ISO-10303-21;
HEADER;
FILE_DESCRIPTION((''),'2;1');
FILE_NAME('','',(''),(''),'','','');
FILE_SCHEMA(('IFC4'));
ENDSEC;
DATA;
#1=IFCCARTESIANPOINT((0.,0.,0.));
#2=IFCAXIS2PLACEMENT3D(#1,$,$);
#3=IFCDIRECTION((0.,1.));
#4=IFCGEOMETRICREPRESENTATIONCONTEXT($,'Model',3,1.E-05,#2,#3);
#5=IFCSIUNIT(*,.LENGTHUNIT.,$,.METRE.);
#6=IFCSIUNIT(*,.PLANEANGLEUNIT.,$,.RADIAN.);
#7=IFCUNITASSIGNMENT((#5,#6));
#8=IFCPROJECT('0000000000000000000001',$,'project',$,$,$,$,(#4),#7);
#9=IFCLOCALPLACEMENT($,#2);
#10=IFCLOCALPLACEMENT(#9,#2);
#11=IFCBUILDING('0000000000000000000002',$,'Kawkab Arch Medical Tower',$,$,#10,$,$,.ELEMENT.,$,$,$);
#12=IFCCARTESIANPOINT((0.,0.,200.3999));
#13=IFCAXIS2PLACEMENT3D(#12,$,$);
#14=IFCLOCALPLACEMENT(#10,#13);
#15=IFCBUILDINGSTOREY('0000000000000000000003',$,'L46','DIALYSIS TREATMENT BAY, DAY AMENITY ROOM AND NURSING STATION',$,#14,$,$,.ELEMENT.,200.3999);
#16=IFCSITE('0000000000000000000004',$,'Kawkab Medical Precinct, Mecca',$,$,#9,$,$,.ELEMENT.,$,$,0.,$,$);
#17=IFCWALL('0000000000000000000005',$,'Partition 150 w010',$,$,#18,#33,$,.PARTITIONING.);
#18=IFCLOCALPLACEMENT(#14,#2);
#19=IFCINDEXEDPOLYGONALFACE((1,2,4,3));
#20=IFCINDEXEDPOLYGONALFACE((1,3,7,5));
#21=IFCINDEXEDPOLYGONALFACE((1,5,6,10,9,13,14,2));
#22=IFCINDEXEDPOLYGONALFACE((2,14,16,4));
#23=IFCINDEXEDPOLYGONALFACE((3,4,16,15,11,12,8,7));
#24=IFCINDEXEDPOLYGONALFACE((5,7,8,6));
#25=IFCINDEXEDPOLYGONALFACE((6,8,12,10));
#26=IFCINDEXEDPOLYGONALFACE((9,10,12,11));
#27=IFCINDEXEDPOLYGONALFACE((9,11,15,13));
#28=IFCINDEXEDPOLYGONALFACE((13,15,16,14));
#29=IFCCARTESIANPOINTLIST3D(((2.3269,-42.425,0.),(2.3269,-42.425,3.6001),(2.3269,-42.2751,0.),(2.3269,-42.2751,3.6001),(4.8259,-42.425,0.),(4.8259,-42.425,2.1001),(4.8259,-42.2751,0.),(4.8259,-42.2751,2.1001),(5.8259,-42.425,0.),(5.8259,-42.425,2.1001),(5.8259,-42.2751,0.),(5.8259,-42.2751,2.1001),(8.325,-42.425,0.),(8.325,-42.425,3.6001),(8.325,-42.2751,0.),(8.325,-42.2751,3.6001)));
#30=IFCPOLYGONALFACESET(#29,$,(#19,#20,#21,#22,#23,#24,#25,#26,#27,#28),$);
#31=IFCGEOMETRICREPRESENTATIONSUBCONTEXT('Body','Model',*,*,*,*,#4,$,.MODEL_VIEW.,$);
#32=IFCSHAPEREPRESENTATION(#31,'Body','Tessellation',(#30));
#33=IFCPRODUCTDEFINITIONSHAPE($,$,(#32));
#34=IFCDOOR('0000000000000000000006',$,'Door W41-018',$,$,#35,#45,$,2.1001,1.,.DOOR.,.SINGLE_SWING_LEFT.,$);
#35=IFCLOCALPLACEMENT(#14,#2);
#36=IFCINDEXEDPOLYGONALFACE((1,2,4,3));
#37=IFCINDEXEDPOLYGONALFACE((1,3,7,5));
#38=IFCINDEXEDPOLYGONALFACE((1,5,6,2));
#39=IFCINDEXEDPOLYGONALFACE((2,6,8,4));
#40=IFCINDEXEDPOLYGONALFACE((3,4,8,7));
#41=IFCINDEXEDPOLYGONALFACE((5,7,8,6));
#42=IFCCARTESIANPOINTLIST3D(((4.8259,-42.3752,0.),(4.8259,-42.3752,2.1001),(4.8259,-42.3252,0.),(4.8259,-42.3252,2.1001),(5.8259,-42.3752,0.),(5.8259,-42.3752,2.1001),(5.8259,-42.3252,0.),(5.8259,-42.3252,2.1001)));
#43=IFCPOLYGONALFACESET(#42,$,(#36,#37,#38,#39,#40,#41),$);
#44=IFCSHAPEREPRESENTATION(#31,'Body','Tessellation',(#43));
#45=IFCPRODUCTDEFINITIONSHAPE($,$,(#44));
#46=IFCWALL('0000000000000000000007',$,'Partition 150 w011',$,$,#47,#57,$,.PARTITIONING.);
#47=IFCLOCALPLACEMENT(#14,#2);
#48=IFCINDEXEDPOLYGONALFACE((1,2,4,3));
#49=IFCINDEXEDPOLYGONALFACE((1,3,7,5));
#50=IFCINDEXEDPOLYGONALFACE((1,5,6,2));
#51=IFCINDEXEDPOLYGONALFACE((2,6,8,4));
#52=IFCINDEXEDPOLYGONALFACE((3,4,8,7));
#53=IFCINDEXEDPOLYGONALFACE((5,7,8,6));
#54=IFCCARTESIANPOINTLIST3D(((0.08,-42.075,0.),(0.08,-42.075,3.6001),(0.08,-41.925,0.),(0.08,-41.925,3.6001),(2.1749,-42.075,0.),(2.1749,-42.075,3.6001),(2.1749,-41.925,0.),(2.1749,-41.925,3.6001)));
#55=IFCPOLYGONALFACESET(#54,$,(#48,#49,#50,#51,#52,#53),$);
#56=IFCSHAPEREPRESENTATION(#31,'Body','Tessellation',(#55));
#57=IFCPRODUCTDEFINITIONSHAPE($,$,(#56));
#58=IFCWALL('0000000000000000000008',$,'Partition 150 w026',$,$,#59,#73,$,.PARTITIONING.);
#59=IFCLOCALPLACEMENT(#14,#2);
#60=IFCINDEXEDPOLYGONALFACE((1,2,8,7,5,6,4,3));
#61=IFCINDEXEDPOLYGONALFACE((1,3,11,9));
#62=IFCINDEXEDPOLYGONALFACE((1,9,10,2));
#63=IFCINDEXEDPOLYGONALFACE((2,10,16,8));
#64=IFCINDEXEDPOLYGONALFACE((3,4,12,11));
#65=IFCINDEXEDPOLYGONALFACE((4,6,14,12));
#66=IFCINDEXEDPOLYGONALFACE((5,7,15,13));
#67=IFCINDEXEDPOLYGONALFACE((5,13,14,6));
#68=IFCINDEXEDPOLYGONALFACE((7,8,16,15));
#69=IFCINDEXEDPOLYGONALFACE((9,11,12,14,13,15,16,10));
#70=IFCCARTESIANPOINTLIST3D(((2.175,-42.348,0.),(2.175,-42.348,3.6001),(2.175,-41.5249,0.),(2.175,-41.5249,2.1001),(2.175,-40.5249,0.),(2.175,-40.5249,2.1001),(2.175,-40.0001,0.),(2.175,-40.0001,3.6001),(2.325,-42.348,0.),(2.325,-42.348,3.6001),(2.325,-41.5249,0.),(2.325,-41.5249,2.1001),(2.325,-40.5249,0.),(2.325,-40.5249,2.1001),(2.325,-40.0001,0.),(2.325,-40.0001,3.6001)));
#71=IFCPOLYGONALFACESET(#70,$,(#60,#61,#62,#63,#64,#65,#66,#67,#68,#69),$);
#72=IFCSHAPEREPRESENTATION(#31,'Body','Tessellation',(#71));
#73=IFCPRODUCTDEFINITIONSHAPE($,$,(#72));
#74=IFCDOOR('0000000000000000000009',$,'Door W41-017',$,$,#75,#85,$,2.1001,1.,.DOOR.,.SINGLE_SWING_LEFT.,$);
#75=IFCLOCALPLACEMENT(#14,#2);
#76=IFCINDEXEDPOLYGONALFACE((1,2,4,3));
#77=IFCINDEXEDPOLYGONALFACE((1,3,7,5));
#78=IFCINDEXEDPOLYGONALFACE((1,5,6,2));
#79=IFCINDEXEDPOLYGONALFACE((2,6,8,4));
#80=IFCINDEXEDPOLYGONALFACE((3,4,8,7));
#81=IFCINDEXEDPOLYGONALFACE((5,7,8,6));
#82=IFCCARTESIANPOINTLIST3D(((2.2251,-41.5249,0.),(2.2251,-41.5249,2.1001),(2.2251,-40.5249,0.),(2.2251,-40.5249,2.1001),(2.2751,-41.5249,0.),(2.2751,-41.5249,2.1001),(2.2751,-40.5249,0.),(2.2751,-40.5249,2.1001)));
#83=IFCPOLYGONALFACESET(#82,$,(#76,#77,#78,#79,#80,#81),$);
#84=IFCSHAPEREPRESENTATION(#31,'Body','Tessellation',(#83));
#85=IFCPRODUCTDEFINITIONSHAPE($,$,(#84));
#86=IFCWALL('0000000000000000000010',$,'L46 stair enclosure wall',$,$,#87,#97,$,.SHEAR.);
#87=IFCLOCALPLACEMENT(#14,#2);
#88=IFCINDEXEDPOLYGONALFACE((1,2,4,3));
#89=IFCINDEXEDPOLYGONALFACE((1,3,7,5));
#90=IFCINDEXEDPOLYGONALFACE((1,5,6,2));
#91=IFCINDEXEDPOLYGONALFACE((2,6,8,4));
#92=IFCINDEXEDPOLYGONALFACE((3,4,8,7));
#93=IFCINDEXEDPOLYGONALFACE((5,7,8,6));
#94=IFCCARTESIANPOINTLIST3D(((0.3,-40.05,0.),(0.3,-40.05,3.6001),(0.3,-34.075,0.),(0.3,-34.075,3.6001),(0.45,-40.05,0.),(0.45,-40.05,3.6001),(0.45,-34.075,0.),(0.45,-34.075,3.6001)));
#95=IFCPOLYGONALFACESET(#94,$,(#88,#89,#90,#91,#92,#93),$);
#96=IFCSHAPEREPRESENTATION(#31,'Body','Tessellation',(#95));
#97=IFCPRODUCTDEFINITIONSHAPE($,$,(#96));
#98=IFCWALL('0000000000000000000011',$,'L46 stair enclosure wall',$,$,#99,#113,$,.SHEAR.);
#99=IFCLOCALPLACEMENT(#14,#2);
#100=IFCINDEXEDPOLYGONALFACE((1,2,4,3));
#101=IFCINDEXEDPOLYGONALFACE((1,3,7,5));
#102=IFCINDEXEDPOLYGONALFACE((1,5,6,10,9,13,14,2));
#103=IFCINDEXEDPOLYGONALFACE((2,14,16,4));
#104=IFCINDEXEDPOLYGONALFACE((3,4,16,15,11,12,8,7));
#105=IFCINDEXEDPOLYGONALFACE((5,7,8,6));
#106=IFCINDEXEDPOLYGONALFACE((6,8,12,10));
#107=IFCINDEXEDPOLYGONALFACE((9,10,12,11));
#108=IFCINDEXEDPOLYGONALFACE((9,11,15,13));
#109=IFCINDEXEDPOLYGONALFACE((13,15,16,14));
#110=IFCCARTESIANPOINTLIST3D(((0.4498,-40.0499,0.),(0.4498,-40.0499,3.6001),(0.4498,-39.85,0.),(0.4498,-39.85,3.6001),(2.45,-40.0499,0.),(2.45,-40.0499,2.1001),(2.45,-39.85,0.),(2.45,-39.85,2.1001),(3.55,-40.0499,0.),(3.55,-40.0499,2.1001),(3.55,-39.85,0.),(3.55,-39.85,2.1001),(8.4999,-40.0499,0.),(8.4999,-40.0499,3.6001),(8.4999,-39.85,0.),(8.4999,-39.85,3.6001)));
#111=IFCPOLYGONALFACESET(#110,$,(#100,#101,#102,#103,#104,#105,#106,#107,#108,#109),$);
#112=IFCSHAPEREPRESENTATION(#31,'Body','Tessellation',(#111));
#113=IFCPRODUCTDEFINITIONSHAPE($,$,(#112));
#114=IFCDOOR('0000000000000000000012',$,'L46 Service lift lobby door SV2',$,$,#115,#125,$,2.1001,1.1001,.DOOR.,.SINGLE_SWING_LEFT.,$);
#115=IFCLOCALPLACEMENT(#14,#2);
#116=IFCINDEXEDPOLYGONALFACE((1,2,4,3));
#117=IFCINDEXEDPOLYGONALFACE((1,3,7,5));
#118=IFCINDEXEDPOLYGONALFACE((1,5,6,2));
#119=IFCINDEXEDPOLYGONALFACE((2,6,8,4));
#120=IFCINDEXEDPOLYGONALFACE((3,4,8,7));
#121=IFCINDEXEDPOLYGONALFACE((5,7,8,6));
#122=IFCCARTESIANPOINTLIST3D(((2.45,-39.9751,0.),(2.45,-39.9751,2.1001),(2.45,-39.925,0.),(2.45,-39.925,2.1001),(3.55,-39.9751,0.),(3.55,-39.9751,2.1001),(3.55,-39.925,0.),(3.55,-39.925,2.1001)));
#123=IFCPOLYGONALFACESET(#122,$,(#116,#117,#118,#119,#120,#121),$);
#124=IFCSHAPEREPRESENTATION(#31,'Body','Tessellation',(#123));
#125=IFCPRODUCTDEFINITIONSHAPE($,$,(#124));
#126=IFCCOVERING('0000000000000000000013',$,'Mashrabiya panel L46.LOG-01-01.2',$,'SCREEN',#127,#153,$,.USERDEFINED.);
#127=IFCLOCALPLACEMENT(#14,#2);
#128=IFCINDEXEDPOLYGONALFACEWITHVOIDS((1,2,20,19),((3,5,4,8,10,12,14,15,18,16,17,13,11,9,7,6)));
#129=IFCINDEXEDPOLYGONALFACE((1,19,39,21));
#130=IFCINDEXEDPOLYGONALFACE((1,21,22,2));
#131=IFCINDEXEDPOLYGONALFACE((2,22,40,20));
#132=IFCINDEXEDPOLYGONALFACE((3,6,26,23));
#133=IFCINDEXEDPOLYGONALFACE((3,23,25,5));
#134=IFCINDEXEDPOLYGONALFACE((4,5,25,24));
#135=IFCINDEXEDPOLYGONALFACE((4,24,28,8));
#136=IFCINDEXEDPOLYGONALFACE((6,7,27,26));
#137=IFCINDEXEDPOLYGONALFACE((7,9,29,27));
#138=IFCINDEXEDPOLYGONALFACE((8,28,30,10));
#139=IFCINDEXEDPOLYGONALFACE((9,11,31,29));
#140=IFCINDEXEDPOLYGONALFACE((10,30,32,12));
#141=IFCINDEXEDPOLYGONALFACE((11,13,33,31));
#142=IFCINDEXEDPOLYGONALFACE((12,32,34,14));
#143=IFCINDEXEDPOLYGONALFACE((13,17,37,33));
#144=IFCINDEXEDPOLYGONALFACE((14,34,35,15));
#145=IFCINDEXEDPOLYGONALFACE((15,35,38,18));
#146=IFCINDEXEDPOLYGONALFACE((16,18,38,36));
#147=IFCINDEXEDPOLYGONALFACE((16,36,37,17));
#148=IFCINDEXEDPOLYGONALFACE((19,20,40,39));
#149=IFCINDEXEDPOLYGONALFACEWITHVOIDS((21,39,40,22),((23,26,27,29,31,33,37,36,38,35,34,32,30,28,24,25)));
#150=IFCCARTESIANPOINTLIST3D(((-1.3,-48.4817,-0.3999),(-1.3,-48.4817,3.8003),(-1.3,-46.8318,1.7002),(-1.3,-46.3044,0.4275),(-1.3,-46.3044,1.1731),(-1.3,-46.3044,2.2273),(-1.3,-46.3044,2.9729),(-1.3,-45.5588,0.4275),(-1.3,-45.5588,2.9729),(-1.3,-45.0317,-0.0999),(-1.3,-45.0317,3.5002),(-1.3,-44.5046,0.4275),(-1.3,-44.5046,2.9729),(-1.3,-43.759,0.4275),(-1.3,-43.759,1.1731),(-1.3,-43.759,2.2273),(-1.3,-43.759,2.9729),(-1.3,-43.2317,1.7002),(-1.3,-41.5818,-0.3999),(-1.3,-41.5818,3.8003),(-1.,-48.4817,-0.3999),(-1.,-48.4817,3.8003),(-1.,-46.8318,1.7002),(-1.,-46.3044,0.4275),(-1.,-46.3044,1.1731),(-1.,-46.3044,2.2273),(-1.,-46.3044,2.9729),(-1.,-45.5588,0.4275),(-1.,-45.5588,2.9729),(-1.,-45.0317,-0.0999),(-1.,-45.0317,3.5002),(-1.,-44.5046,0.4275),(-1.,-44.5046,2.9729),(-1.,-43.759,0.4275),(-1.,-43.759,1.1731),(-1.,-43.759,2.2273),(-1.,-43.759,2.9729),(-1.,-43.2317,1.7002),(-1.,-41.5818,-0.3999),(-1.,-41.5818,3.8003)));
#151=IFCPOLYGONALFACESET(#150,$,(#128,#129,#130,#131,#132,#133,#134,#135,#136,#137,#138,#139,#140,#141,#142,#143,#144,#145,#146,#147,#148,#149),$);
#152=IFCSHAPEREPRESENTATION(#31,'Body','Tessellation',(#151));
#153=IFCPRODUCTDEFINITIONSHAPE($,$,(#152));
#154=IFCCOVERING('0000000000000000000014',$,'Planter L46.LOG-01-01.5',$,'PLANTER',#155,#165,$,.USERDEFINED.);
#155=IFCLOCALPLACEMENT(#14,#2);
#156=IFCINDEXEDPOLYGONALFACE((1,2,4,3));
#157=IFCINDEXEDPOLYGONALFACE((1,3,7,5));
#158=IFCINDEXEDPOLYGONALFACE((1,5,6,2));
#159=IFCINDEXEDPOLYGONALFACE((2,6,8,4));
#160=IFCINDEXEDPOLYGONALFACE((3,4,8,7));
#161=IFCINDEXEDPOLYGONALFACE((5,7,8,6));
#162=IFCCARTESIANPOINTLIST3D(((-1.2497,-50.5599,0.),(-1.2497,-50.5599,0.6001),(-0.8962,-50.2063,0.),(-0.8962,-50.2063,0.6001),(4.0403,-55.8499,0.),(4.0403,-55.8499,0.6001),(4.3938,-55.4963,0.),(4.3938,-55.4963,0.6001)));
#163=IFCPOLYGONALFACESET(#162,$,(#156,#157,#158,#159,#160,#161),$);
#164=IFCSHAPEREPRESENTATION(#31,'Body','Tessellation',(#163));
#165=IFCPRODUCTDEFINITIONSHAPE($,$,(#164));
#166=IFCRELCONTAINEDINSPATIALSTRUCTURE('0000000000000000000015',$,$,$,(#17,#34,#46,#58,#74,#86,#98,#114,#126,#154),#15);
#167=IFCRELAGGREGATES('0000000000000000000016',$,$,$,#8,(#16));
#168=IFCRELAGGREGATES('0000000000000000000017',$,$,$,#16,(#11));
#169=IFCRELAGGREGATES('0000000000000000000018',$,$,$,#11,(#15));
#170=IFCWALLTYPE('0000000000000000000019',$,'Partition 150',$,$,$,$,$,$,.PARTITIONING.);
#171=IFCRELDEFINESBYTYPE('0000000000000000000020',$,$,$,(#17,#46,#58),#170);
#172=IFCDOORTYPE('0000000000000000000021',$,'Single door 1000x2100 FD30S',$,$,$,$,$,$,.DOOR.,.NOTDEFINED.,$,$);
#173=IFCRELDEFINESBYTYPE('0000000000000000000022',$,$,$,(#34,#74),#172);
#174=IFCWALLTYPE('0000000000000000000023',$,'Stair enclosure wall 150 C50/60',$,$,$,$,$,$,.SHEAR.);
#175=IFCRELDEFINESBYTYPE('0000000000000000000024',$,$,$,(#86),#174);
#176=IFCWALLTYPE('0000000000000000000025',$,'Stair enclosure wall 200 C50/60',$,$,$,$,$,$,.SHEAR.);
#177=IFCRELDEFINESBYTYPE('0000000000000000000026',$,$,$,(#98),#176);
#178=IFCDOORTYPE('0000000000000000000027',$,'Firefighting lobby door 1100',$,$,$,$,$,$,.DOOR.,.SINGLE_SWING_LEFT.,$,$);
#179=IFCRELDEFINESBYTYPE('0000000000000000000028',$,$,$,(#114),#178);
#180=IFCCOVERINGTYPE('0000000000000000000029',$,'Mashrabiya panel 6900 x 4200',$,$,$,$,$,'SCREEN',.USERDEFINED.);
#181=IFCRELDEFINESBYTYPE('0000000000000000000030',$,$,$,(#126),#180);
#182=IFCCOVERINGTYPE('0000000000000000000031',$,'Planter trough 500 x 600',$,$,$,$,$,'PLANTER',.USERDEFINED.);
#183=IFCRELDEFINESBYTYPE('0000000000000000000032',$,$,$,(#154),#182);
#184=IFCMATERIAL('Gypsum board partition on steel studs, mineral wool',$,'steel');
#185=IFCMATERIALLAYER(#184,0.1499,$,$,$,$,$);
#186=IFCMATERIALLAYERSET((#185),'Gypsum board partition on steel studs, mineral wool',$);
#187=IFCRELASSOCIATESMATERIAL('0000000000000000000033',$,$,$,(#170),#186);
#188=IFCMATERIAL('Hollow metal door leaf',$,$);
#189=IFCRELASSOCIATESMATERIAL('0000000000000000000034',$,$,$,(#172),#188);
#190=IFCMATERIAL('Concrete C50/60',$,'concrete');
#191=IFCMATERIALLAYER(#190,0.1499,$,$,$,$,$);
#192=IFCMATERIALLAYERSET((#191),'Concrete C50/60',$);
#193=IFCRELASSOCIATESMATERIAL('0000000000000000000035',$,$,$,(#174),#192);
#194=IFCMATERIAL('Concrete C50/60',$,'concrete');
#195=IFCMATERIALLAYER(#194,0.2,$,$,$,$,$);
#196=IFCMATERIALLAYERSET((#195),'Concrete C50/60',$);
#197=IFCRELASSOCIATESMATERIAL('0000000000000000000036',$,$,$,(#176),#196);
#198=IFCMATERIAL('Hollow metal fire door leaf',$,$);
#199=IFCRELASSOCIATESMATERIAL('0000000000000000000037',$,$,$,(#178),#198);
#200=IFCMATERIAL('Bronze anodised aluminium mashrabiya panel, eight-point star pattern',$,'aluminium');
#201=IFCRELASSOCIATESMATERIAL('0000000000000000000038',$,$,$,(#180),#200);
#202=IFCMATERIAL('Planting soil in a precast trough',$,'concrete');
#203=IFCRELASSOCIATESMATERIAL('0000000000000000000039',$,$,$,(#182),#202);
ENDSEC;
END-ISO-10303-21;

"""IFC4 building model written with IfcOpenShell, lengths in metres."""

from ifc_helpers import new_model, si_unit, direction, frame, frame_2d, origin, origin_2d, place, context, subcontext, project, spatial, polyline, rectangle, outline, extrude, material, layer, layer_set, material_profile, profile_set, type_object, element, fill, save


model = new_model("IFC4")

# Units and contexts
model_context = context("Model", 3, precision=1e-05, world=origin(), true_north=direction((0.0, 1.0)))
body_context = subcontext(model_context, "Body", "Model", "MODEL_VIEW")
ifc_project = project(units=[si_unit("LENGTHUNIT", "METRE"), si_unit("PLANEANGLEUNIT", "RADIAN")], contexts=[model_context])

# Site, building, storey
site_placement = place(None, origin())
site = spatial("IfcSite", under=ifc_project, at=site_placement, Name="Kawkab Medical Precinct, Mecca", CompositionType="ELEMENT", RefElevation=0.0)
building_placement = place(site_placement, origin())
building = spatial("IfcBuilding", under=site, at=building_placement, Name="Kawkab Arch Medical Tower", CompositionType="ELEMENT")
storey_placement = place(building_placement, frame((0.0, 0.0, 200.3999)))
storey = spatial("IfcBuildingStorey", under=building, at=storey_placement, Name="L46", Description="DIALYSIS TREATMENT BAY, DAY AMENITY ROOM AND NURSING STATION", CompositionType="ELEMENT", Elevation=200.3999)

# Shared definitions
ifc_material_1 = material(Name="Gypsum board partition on steel studs, mineral wool", Category="steel")
ifc_layer_1 = layer(ifc_material_1, 0.1499)
ifc_layer_set_1 = layer_set([ifc_layer_1], Name="Gypsum board partition on steel studs, mineral wool")
wall_type_1 = type_object("IfcWallType", Name="Partition 150", PredefinedType="PARTITIONING", material=ifc_layer_set_1)

# Wall, opening, door
wall_1_placement = place(storey_placement, frame((2.3269, -42.3501, 0.0), z_axis=(0.0, 0.0, 1.0), x_axis=(1.0, 0.0, 0.0)))
wall_1 = element("IfcWall", 1, at=wall_1_placement, inside=storey, type_object=wall_type_1, Name="Partition 150 w010", PredefinedType="PARTITIONING", context=body_context, shape_type="SweptSolid", body=[
    extrude(rectangle(XDim=5.998, YDim=0.1499, at=frame_2d((2.999, 0.0))), origin(), (0.0, 0.0, 1.0), 3.6001),
])
opening_1_placement = place(wall_1_placement, frame((2.499, 0.0, 0.0)))
opening_1 = element("IfcOpeningElement", 2, at=opening_1_placement, cuts=wall_1, PredefinedType="OPENING", context=body_context, shape_type="SweptSolid", body=[
    extrude(rectangle(XDim=1.0, YDim=2.1001, at=frame_2d((0.5, 1.05))), frame((0.0, 0.085, 0.0), z_axis=(0.0, -1.0, 0.0), x_axis=(1.0, 0.0, 0.0)), (0.0, 0.0, 1.0), 0.1699),
])
ifc_material_2 = material(Name="Hollow metal door leaf")
door_type_1 = type_object("IfcDoorType", Name="Single door 1000x2100 FD30S", OperationType="NOTDEFINED", PredefinedType="DOOR", material=ifc_material_2)
door_1_placement = place(opening_1_placement, origin())
door_1 = element("IfcDoor", 3, at=door_1_placement, inside=storey, type_object=door_type_1, Name="Door W41-018", OperationType="SINGLE_SWING_LEFT", OverallHeight=2.1001, OverallWidth=1.0, PredefinedType="DOOR", context=body_context, shape_type="SweptSolid", body=[
    extrude(rectangle(XDim=1.0, YDim=2.1001, at=frame_2d((0.5, 1.05))), frame((0.0, 0.0249, 0.0), z_axis=(0.0, -1.0, 0.0), x_axis=(1.0, 0.0, 0.0)), (0.0, 0.0, 1.0), 0.05),
])
fill(opening_1, door_1)

# Wall
wall_2_placement = place(storey_placement, frame((0.0801, -42.0, 0.0), z_axis=(0.0, 0.0, 1.0), x_axis=(1.0, 0.0, 0.0)))
element("IfcWall", 4, at=wall_2_placement, inside=storey, type_object=wall_type_1, Name="Partition 150 w011", PredefinedType="PARTITIONING", context=body_context, shape_type="SweptSolid", body=[
    extrude(rectangle(XDim=2.095, YDim=0.1499, at=frame_2d((1.0474, 0.0))), origin(), (0.0, 0.0, 1.0), 3.6001),
])

# Wall, opening, door
wall_3_placement = place(storey_placement, frame((2.25, -42.3479, 0.0), z_axis=(0.0, 0.0, 1.0), x_axis=(0.0, 1.0, 0.0)))
wall_3 = element("IfcWall", 5, at=wall_3_placement, inside=storey, type_object=wall_type_1, Name="Partition 150 w026", PredefinedType="PARTITIONING", context=body_context, shape_type="SweptSolid", body=[
    extrude(rectangle(XDim=2.3479, YDim=0.1499, at=frame_2d((1.1738, 0.0))), origin(), (0.0, 0.0, 1.0), 3.6001),
])
opening_2_placement = place(wall_3_placement, frame((0.823, 0.0, 0.0)))
opening_2 = element("IfcOpeningElement", 6, at=opening_2_placement, cuts=wall_3, PredefinedType="OPENING", context=body_context, shape_type="SweptSolid", body=[
    extrude(rectangle(XDim=1.0, YDim=2.1001, at=frame_2d((0.5, 1.05))), frame((0.0, 0.085, 0.0), z_axis=(0.0, -1.0, 0.0), x_axis=(1.0, 0.0, 0.0)), (0.0, 0.0, 1.0), 0.1699),
])
door_2_placement = place(opening_2_placement, origin())
door_2 = element("IfcDoor", 7, at=door_2_placement, inside=storey, type_object=door_type_1, Name="Door W41-017", OperationType="SINGLE_SWING_LEFT", OverallHeight=2.1001, OverallWidth=1.0, PredefinedType="DOOR", context=body_context, shape_type="SweptSolid", body=[
    extrude(rectangle(XDim=1.0, YDim=2.1001, at=frame_2d((0.5, 1.05))), frame((0.0, 0.0249, 0.0), z_axis=(0.0, -1.0, 0.0), x_axis=(1.0, 0.0, 0.0)), (0.0, 0.0, 1.0), 0.05),
])
fill(opening_2, door_2)

# Wall
ifc_material_3 = material(Name="Concrete C50/60", Category="concrete")
ifc_layer_2 = layer(ifc_material_3, 0.1499)
ifc_layer_set_2 = layer_set([ifc_layer_2], Name="Concrete C50/60")
wall_type_2 = type_object("IfcWallType", Name="Stair enclosure wall 150 C50/60", PredefinedType="SHEAR", material=ifc_layer_set_2)
wall_4_placement = place(storey_placement, frame((0.375, -40.05, 0.0), z_axis=(0.0, 0.0, 1.0), x_axis=(0.0, 1.0, 0.0)))
element("IfcWall", 8, at=wall_4_placement, inside=storey, type_object=wall_type_2, Name="L46 stair enclosure wall", PredefinedType="SHEAR", context=body_context, shape_type="SweptSolid", body=[
    extrude(rectangle(XDim=5.9751, YDim=0.1499, at=frame_2d((2.9875, 0.0))), origin(), (0.0, 0.0, 1.0), 3.6001),
])

# Wall, opening, door
ifc_material_4 = material(Name="Concrete C50/60", Category="concrete")
ifc_layer_3 = layer(ifc_material_4, 0.2)
ifc_layer_set_3 = layer_set([ifc_layer_3], Name="Concrete C50/60")
wall_type_3 = type_object("IfcWallType", Name="Stair enclosure wall 200 C50/60", PredefinedType="SHEAR", material=ifc_layer_set_3)
wall_5_placement = place(storey_placement, frame((0.45, -39.95, 0.0), z_axis=(0.0, 0.0, 1.0), x_axis=(1.0, 0.0, 0.0)))
wall_5 = element("IfcWall", 9, at=wall_5_placement, inside=storey, type_object=wall_type_3, Name="L46 stair enclosure wall", PredefinedType="SHEAR", context=body_context, shape_type="SweptSolid", body=[
    extrude(rectangle(XDim=8.05, YDim=0.2, at=frame_2d((4.0249, 0.0))), origin(), (0.0, 0.0, 1.0), 3.6001),
])
opening_3_placement = place(wall_5_placement, frame((2.0, 0.0, 0.0)))
opening_3 = element("IfcOpeningElement", 10, at=opening_3_placement, cuts=wall_5, PredefinedType="OPENING", context=body_context, shape_type="SweptSolid", body=[
    extrude(rectangle(XDim=1.1001, YDim=2.1001, at=frame_2d((0.55, 1.05))), frame((0.0, 0.1099, 0.0), z_axis=(0.0, -1.0, 0.0), x_axis=(1.0, 0.0, 0.0)), (0.0, 0.0, 1.0), 0.22),
])
ifc_material_5 = material(Name="Hollow metal fire door leaf")
door_type_2 = type_object("IfcDoorType", Name="Firefighting lobby door 1100", OperationType="SINGLE_SWING_LEFT", PredefinedType="DOOR", material=ifc_material_5)
door_3_placement = place(opening_3_placement, origin())
door_3 = element("IfcDoor", 11, at=door_3_placement, inside=storey, type_object=door_type_2, Name="L46 Service lift lobby door SV2", OperationType="SINGLE_SWING_LEFT", OverallHeight=2.1001, OverallWidth=1.1001, PredefinedType="DOOR", context=body_context, shape_type="SweptSolid", body=[
    extrude(rectangle(XDim=1.1001, YDim=2.1001, at=frame_2d((0.55, 1.05))), frame((0.0, 0.0249, 0.0), z_axis=(0.0, -1.0, 0.0), x_axis=(1.0, 0.0, 0.0)), (0.0, 0.0, 1.0), 0.05),
])
fill(opening_3, door_3)

# Coverings
ifc_material_6 = material(Name="Bronze anodised aluminium mashrabiya panel, eight-point star pattern", Category="aluminium")
ifc_material_profile_1 = material_profile(ifc_material_6, outline(polyline([(-3.45, -2.1001), (3.45, -2.1001), (3.45, 2.1001), (-3.45, 2.1001), (-3.45, -2.1001)]), holes=[polyline([(1.8, 0.0), (1.2727, 0.5271), (1.2727, 1.2727), (0.5271, 1.2727), (0.0, 1.8), (-0.5271, 1.2727), (-1.2727, 1.2727), (-1.2727, 0.5271), (-1.8, 0.0), (-1.2727, -0.5271), (-1.2727, -1.2727), (-0.5271, -1.2727), (0.0, -1.8), (0.5271, -1.2727), (1.2727, -1.2727), (1.2727, -0.5271), (1.8, 0.0)])]), Name="Mashrabiya panel 6900x4200")
ifc_profile_set_1 = profile_set([ifc_material_profile_1], Name="Bronze anodised aluminium mashrabiya panel, eight-point star pattern")
covering_type_1 = type_object("IfcCoveringType", Name="Mashrabiya panel 6900 x 4200", ElementType="SCREEN", PredefinedType="USERDEFINED", material=ifc_profile_set_1)
covering_1_placement = place(storey_placement, frame((-1.0, -45.0317, 1.7002), z_axis=(-1.0, 0.0, 0.0), x_axis=(0.0, -1.0, 0.0)))
element("IfcCovering", 12, at=covering_1_placement, inside=storey, type_object=covering_type_1, Name="Mashrabiya panel L46.LOG-01-01.2", ObjectType="SCREEN", PredefinedType="USERDEFINED", context=body_context, shape_type="SweptSolid", body=[
    extrude(outline(polyline([(-3.45, -2.1001), (3.45, -2.1001), (3.45, 2.1001), (-3.45, 2.1001), (-3.45, -2.1001)]), holes=[polyline([(1.8, 0.0), (1.2727, 0.5271), (1.2727, 1.2727), (0.5271, 1.2727), (0.0, 1.8), (-0.5271, 1.2727), (-1.2727, 1.2727), (-1.2727, 0.5271), (-1.8, 0.0), (-1.2727, -0.5271), (-1.2727, -1.2727), (-0.5271, -1.2727), (0.0, -1.8), (0.5271, -1.2727), (1.2727, -1.2727), (1.2727, -0.5271), (1.8, 0.0)])]), origin(), (0.0, 0.0, 1.0), 0.3),
])
ifc_material_7 = material(Name="Planting soil in a precast trough", Category="concrete")
ifc_material_profile_2 = material_profile(ifc_material_7, rectangle(XDim=0.5, YDim=0.6001, at=origin_2d()), Name="Trough 500x600")
ifc_profile_set_2 = profile_set([ifc_material_profile_2], Name="Planting soil in a precast trough")
covering_type_2 = type_object("IfcCoveringType", Name="Planter trough 500 x 600", ElementType="PLANTER", PredefinedType="USERDEFINED", material=ifc_profile_set_2)
covering_2_placement = place(storey_placement, frame((4.217, -55.6731, 0.3), z_axis=(-0.707107, 0.707107, 0.0), x_axis=(-0.707107, -0.707107, 0.0)))
element("IfcCovering", 13, at=covering_2_placement, inside=storey, type_object=covering_type_2, Name="Planter L46.LOG-01-01.5", ObjectType="PLANTER", PredefinedType="USERDEFINED", context=body_context, shape_type="SweptSolid", body=[
    extrude(rectangle(XDim=0.5, YDim=0.6001, at=origin_2d()), origin(), (0.0, 0.0, 1.0), 7.4812),
])

save(model, "model.ifc")
